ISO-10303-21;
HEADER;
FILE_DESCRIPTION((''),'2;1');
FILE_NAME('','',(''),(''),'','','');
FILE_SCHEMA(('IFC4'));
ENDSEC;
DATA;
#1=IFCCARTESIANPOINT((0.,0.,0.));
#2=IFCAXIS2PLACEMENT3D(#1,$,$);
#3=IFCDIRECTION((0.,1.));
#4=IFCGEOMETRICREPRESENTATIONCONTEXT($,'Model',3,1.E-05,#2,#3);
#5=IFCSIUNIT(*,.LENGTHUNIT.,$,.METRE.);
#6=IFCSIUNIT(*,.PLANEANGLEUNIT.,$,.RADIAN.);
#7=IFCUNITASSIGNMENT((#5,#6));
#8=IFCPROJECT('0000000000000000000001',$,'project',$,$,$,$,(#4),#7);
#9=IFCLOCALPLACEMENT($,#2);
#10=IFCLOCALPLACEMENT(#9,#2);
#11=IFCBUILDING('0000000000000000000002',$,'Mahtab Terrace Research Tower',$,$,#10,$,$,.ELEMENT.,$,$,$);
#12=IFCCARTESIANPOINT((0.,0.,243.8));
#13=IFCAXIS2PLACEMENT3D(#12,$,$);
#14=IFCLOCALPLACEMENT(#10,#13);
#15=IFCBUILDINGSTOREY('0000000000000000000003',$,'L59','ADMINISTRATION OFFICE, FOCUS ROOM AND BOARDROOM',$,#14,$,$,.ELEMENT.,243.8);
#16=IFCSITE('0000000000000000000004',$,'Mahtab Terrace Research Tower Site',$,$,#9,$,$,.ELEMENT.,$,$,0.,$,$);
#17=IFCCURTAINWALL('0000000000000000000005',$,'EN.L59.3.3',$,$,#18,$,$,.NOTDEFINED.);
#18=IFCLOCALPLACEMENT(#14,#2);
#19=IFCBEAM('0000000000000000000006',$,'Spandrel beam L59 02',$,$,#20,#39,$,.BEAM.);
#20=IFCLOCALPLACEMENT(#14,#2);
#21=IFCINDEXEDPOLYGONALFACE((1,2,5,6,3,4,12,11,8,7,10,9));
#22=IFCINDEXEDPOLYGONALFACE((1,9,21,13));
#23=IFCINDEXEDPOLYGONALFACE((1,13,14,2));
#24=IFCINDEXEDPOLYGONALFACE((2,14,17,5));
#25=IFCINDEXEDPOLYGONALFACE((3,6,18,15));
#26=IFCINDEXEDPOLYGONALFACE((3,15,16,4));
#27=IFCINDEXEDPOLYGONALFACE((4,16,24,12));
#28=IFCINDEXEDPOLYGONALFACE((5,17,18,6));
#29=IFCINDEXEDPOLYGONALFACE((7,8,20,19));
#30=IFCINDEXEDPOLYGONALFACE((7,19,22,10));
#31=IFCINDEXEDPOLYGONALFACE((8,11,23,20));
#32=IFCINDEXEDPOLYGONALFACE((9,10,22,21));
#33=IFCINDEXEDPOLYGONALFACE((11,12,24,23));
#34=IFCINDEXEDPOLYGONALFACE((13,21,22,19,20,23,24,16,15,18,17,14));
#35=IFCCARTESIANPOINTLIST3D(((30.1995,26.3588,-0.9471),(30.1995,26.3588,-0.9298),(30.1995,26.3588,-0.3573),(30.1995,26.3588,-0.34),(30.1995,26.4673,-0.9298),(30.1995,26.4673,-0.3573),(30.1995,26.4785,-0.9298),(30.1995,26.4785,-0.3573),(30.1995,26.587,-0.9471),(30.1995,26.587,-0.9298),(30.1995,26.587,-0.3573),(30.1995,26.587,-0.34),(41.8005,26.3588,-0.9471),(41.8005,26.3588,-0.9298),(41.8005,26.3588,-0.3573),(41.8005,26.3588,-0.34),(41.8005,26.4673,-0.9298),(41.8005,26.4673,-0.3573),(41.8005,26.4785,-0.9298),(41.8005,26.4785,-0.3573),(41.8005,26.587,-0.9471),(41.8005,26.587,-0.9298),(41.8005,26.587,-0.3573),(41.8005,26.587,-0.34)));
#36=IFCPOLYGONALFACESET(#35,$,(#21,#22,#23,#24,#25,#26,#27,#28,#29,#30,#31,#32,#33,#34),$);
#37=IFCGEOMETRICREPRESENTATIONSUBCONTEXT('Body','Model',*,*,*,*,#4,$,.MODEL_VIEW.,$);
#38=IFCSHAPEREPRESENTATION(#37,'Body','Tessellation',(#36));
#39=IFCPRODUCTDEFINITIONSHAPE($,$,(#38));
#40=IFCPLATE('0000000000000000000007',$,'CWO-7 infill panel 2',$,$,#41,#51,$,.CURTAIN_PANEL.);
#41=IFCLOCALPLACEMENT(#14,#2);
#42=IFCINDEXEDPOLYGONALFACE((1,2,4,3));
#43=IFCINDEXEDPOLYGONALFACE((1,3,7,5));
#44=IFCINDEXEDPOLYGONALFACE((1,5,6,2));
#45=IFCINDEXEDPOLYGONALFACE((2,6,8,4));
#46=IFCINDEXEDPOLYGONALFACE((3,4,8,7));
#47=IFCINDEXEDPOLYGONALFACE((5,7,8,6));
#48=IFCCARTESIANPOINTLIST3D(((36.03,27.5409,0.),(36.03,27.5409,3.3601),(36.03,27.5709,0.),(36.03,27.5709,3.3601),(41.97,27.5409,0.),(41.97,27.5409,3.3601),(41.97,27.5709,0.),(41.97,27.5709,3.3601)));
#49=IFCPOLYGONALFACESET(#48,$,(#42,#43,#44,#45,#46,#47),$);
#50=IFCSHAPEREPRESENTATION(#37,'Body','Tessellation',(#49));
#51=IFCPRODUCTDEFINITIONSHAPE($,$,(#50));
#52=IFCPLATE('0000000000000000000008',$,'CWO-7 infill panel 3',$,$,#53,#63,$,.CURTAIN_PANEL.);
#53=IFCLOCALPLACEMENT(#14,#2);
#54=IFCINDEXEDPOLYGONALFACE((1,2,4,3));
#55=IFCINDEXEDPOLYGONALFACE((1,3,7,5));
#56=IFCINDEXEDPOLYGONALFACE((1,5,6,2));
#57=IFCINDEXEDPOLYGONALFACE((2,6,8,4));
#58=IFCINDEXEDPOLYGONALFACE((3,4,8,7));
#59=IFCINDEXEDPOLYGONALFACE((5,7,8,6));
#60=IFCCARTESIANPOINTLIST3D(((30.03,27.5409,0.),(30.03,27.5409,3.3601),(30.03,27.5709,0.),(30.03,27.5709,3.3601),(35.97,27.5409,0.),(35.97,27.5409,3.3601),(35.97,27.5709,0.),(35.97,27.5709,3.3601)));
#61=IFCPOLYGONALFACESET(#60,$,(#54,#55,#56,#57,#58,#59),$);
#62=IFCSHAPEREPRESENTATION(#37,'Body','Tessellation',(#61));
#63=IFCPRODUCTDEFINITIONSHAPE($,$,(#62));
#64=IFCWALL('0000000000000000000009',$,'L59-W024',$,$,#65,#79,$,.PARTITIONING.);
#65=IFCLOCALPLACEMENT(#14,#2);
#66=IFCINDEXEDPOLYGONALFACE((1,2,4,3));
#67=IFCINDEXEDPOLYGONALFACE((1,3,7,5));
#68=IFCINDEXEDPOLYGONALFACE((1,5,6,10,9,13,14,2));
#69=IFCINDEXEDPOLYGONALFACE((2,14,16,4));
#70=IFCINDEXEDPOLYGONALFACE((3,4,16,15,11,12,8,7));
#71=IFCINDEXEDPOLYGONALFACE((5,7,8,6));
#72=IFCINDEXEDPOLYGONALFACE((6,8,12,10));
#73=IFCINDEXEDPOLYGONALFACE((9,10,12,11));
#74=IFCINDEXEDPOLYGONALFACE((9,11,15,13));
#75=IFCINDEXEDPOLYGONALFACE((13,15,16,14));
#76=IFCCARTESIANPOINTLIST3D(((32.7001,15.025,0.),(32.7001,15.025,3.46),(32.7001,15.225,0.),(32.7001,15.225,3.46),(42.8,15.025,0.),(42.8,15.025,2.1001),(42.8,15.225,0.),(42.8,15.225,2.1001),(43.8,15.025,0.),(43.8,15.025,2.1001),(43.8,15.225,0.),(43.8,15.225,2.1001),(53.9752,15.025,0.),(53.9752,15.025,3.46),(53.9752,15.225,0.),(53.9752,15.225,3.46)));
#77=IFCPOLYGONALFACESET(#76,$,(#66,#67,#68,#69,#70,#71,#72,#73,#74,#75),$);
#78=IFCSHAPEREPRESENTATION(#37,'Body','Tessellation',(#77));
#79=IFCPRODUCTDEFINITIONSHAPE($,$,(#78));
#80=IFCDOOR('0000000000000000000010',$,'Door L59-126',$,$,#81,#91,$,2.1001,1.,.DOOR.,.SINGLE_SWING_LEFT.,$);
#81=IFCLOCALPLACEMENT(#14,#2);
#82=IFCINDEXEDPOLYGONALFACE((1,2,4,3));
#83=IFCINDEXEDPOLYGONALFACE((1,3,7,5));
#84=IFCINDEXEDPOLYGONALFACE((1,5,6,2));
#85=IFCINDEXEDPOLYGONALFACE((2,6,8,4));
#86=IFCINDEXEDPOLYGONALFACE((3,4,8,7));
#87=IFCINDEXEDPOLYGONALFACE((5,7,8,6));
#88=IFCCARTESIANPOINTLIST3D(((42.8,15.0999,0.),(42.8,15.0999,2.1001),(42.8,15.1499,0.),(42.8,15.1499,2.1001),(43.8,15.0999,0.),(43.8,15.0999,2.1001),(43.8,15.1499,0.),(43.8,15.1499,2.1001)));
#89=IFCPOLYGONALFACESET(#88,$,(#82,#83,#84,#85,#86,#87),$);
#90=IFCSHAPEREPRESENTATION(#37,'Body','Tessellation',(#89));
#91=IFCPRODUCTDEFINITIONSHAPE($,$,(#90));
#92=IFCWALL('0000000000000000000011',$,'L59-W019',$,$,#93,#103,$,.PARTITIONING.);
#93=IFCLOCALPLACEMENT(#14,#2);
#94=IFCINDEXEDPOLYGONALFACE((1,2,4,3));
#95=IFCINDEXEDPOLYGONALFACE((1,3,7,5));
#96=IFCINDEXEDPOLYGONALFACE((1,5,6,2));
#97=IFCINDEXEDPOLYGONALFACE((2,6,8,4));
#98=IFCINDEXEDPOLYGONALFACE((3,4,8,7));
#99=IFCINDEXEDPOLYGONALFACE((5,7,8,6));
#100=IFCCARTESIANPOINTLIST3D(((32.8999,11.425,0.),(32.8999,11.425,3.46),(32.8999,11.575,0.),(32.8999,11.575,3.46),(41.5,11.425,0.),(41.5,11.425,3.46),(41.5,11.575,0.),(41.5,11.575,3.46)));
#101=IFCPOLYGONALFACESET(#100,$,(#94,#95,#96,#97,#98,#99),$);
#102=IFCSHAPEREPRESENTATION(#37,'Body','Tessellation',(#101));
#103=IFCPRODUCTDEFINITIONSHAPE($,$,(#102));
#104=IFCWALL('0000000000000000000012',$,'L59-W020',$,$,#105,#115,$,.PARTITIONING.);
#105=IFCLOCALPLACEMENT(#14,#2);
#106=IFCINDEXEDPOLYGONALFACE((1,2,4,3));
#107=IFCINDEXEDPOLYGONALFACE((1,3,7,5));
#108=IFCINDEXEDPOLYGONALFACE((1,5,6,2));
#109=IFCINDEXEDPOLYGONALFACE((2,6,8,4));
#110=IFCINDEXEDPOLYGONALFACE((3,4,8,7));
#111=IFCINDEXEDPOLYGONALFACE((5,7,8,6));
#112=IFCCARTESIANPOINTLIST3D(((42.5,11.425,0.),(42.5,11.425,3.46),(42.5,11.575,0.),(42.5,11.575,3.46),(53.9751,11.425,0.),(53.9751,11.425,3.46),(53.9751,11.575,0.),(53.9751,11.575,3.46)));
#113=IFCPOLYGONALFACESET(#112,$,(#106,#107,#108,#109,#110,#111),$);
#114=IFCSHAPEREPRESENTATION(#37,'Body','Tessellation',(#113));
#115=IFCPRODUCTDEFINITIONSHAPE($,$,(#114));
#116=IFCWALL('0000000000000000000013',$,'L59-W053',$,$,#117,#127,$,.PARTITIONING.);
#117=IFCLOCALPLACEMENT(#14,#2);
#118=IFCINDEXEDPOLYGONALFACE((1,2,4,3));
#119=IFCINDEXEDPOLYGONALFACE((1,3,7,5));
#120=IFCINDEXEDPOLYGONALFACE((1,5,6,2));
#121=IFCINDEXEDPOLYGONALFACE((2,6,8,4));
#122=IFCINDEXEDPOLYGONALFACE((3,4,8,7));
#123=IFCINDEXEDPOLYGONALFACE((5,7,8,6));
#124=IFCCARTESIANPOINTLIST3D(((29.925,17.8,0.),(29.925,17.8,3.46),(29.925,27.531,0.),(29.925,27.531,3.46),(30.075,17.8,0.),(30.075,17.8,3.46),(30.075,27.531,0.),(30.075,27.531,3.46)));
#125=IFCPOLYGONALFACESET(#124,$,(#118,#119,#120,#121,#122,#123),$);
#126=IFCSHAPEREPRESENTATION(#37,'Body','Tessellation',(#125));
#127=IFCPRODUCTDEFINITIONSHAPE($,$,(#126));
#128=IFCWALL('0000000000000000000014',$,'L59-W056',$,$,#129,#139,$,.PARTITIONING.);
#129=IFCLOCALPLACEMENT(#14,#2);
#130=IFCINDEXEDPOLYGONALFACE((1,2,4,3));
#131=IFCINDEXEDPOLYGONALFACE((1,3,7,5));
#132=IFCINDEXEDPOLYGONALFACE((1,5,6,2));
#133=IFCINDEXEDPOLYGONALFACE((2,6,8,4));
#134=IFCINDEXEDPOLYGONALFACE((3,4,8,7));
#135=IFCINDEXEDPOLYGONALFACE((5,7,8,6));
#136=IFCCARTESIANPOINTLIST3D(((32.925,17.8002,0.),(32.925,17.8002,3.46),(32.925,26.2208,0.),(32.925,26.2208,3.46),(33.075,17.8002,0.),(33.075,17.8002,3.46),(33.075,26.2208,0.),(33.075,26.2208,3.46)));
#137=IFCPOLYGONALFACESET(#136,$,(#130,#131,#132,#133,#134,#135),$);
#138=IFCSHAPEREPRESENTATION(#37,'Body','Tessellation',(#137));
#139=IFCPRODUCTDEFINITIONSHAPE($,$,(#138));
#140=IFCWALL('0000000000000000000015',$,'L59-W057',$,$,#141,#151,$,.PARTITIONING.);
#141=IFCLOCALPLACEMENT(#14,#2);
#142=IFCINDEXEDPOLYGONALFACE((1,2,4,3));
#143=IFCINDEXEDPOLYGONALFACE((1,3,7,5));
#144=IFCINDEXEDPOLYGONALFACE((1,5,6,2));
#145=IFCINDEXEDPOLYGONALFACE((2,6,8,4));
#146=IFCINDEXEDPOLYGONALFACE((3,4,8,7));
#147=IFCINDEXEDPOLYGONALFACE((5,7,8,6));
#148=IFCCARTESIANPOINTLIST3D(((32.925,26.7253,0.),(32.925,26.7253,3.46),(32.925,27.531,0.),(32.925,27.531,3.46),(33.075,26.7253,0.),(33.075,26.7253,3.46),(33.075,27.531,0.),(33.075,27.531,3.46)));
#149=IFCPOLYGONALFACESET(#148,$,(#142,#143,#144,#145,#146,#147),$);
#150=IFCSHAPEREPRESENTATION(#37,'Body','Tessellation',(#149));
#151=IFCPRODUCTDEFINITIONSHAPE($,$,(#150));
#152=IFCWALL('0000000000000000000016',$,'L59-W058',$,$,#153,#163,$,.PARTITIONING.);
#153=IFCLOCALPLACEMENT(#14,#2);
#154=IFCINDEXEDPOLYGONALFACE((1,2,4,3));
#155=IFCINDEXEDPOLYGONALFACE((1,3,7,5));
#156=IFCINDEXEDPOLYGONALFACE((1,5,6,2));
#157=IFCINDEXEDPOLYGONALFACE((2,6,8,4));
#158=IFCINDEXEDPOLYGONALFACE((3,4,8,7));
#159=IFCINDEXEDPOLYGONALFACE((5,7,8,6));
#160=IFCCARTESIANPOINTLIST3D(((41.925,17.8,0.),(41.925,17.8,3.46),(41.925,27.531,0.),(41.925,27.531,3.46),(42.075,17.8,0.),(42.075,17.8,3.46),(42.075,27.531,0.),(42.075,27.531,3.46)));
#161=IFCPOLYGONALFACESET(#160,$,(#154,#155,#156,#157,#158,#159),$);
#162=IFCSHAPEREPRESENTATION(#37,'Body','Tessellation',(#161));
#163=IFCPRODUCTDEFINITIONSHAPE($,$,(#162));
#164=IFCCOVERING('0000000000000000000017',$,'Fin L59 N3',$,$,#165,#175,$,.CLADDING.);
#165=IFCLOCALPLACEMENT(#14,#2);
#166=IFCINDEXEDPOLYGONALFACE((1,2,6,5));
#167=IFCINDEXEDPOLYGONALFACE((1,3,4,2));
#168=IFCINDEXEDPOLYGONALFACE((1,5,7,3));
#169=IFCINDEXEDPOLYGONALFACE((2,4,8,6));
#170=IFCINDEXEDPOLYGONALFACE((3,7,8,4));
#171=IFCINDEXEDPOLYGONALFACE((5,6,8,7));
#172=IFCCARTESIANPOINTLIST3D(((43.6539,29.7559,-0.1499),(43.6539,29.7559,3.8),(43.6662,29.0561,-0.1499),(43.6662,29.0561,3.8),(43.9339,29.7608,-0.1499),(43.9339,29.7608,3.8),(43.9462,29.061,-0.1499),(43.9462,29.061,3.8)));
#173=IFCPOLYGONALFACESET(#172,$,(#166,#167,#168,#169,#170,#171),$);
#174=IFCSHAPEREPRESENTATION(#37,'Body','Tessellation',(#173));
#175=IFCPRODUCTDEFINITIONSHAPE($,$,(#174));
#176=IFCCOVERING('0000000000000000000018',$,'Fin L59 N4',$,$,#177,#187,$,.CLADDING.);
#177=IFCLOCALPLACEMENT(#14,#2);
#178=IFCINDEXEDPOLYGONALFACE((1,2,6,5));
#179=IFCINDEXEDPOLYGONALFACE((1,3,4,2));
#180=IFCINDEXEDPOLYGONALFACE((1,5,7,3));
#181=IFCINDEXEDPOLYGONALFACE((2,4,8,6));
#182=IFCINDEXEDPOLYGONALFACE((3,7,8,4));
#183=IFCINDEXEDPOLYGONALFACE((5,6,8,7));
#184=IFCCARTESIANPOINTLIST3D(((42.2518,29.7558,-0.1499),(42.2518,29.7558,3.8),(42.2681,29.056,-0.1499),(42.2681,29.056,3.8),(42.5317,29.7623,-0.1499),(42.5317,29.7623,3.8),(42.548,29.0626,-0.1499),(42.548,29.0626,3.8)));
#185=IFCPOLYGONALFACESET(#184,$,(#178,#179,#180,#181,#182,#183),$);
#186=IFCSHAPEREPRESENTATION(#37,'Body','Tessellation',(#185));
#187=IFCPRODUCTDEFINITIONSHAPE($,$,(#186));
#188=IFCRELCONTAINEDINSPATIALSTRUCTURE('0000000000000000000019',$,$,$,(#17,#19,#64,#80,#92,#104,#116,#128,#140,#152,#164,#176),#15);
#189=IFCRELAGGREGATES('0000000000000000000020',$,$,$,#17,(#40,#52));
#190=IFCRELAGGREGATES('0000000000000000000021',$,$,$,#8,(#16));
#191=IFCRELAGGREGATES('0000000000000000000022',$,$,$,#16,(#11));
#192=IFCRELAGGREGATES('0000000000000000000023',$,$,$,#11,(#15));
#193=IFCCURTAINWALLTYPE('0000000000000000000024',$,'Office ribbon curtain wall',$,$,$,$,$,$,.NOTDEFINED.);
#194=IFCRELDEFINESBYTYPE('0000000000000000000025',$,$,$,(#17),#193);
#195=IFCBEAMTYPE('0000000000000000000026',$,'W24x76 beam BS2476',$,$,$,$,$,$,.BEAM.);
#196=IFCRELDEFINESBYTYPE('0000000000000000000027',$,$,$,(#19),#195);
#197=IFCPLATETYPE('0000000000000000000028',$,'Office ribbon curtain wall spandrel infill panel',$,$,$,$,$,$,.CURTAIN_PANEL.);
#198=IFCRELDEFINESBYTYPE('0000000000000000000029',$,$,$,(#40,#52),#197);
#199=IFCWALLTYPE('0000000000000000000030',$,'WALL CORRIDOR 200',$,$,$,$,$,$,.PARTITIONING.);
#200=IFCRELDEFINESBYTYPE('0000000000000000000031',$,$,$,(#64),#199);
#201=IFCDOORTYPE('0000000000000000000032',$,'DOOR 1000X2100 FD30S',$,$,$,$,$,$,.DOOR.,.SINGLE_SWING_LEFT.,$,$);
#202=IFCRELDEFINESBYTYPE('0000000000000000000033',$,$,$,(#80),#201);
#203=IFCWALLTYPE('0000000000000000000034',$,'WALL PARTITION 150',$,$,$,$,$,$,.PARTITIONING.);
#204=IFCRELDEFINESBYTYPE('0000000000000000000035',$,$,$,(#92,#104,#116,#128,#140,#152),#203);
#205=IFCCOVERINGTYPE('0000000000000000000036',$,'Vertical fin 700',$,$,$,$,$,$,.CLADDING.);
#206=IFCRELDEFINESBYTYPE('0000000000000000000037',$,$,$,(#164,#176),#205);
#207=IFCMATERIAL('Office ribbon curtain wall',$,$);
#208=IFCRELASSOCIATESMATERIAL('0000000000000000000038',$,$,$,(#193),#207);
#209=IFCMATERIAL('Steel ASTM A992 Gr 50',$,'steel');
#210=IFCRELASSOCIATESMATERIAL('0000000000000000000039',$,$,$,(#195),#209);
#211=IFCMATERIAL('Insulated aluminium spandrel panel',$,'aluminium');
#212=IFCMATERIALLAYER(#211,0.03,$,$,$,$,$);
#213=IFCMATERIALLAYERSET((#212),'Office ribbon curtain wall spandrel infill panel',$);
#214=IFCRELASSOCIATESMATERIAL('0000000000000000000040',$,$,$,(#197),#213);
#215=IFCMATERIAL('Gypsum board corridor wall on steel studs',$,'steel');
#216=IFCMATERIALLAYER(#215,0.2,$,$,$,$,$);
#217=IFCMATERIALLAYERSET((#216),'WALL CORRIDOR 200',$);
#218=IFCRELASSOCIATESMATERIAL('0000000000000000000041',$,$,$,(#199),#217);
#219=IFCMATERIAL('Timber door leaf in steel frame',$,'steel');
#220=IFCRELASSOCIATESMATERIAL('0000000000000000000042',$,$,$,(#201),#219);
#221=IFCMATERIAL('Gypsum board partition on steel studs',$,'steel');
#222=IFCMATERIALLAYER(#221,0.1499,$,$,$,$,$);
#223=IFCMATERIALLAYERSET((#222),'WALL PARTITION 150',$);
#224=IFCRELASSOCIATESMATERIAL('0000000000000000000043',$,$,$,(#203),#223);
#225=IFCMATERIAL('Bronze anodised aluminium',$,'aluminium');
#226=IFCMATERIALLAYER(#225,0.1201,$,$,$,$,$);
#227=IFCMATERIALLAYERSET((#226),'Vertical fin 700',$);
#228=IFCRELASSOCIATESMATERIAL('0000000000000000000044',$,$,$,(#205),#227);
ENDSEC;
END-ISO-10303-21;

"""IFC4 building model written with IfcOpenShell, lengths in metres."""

from ifc_helpers import new_model, si_unit, direction, frame, frame_2d, origin, origin_2d, place, context, subcontext, project, spatial, rectangle, i_section, extrude, material, layer, layer_set, material_profile, profile_set, type_object, element, fill, aggregate, save


model = new_model("IFC4")

# Units and contexts
model_context = context("Model", 3, precision=1e-05, world=origin(), true_north=direction((0.0, 1.0)))
body_context = subcontext(model_context, "Body", "Model", "MODEL_VIEW")
ifc_project = project(units=[si_unit("LENGTHUNIT", "METRE"), si_unit("PLANEANGLEUNIT", "RADIAN")], contexts=[model_context])

# Site, building, storey
site_placement = place(None, origin())
site = spatial("IfcSite", under=ifc_project, at=site_placement, Name="Mahtab Terrace Research Tower Site", CompositionType="ELEMENT", RefElevation=0.0)
building_placement = place(site_placement, origin())
building = spatial("IfcBuilding", under=site, at=building_placement, Name="Mahtab Terrace Research Tower", CompositionType="ELEMENT")
storey_placement = place(building_placement, frame((0.0, 0.0, 243.8)))
storey = spatial("IfcBuildingStorey", under=building, at=storey_placement, Name="L59", Description="ADMINISTRATION OFFICE, FOCUS ROOM AND BOARDROOM", CompositionType="ELEMENT", Elevation=243.8)

# Shared definitions
ifc_material_1 = material(Name="Steel ASTM A992 Gr 50", Category="steel")

# Curtain wall
ifc_material_2 = material(Name="Office ribbon curtain wall")
curtain_wall_type = type_object("IfcCurtainWallType", Name="Office ribbon curtain wall", PredefinedType="NOTDEFINED", material=ifc_material_2)
curtain_wall_placement = place(storey_placement, origin())
curtain_wall = element("IfcCurtainWall", 1, at=curtain_wall_placement, inside=storey, type_object=curtain_wall_type, Name="EN.L59.3.3", PredefinedType="NOTDEFINED")

# Beam
ifc_material_profile_1 = material_profile(ifc_material_1, i_section(OverallWidth=0.2283, OverallDepth=0.6072, WebThickness=0.0112, FlangeThickness=0.0173, at=origin_2d()), Name="W24X76")
ifc_profile_set_1 = profile_set([ifc_material_profile_1], Name="Steel ASTM A992 Gr 50")
beam_type = type_object("IfcBeamType", Name="W24x76 beam BS2476", PredefinedType="BEAM", material=ifc_profile_set_1)
beam_placement = place(storey_placement, frame((41.8005, 26.4729, -0.6436), z_axis=(-1.0, 0.0, 0.0), x_axis=(0.0, -1.0, 0.0)))
element("IfcBeam", 2, at=beam_placement, inside=storey, type_object=beam_type, Name="Spandrel beam L59 02", PredefinedType="BEAM", context=body_context, shape_type="SweptSolid", body=[
    extrude(i_section(OverallWidth=0.2283, OverallDepth=0.6072, WebThickness=0.0112, FlangeThickness=0.0173, at=origin_2d()), origin(), (0.0, 0.0, 1.0), 11.6011),
])

# Plates
ifc_material_3 = material(Name="Insulated aluminium spandrel panel", Category="aluminium")
ifc_layer_1 = layer(ifc_material_3, 0.03)
ifc_layer_set_1 = layer_set([ifc_layer_1], Name="Office ribbon curtain wall spandrel infill panel")
plate_type = type_object("IfcPlateType", Name="Office ribbon curtain wall spandrel infill panel", PredefinedType="CURTAIN_PANEL", material=ifc_layer_set_1)
plate_1_placement = place(storey_placement, frame((39.0, 27.5559, 0.0), z_axis=(0.0, 0.0, 1.0), x_axis=(-1.0, 0.0, 0.0)))
plate_1 = element("IfcPlate", 3, at=plate_1_placement, type_object=plate_type, Name="CWO-7 infill panel 2", PredefinedType="CURTAIN_PANEL", context=body_context, shape_type="SweptSolid", body=[
    extrude(rectangle(XDim=5.9399, YDim=0.03, at=origin_2d()), origin(), (0.0, 0.0, 1.0), 3.3601),
])
plate_2_placement = place(storey_placement, frame((33.0, 27.5559, 0.0), z_axis=(0.0, 0.0, 1.0), x_axis=(-1.0, 0.0, 0.0)))
plate_2 = element("IfcPlate", 4, at=plate_2_placement, type_object=plate_type, Name="CWO-7 infill panel 3", PredefinedType="CURTAIN_PANEL", context=body_context, shape_type="SweptSolid", body=[
    extrude(rectangle(XDim=5.9399, YDim=0.03, at=origin_2d()), origin(), (0.0, 0.0, 1.0), 3.3601),
])
aggregate(curtain_wall, [plate_1, plate_2])

# Wall, opening, door
ifc_material_4 = material(Name="Gypsum board corridor wall on steel studs", Category="steel")
ifc_layer_2 = layer(ifc_material_4, 0.2)
ifc_layer_set_2 = layer_set([ifc_layer_2], Name="WALL CORRIDOR 200")
wall_type_1 = type_object("IfcWallType", Name="WALL CORRIDOR 200", PredefinedType="PARTITIONING", material=ifc_layer_set_2)
wall_1_placement = place(storey_placement, frame((32.7, 15.125, 0.0), z_axis=(0.0, 0.0, 1.0), x_axis=(1.0, 0.0, 0.0)))
wall_1 = element("IfcWall", 5, at=wall_1_placement, inside=storey, type_object=wall_type_1, Name="L59-W024", PredefinedType="PARTITIONING", context=body_context, shape_type="SweptSolid", body=[
    extrude(rectangle(XDim=21.2751, YDim=0.2, at=frame_2d((10.6377, 0.0))), origin(), (0.0, 0.0, 1.0), 3.46),
])
opening_placement = place(wall_1_placement, frame((10.1001, 0.0, 0.0)))
opening = element("IfcOpeningElement", 6, at=opening_placement, cuts=wall_1, PredefinedType="OPENING", context=body_context, shape_type="SweptSolid", body=[
    extrude(rectangle(XDim=1.0, YDim=2.1001, at=frame_2d((0.5, 1.05))), frame((0.0, 0.1099, 0.0), z_axis=(0.0, -1.0, 0.0), x_axis=(1.0, 0.0, 0.0)), (0.0, 0.0, 1.0), 0.22),
])
ifc_material_5 = material(Name="Timber door leaf in steel frame", Category="steel")
door_type = type_object("IfcDoorType", Name="DOOR 1000X2100 FD30S", OperationType="SINGLE_SWING_LEFT", PredefinedType="DOOR", material=ifc_material_5)
door_placement = place(opening_placement, origin())
door = element("IfcDoor", 7, at=door_placement, inside=storey, type_object=door_type, Name="Door L59-126", OperationType="SINGLE_SWING_LEFT", OverallHeight=2.1001, OverallWidth=1.0, PredefinedType="DOOR", context=body_context, shape_type="SweptSolid", body=[
    extrude(rectangle(XDim=1.0, YDim=2.1001, at=frame_2d((0.5, 1.05))), frame((0.0, 0.0249, 0.0), z_axis=(0.0, -1.0, 0.0), x_axis=(1.0, 0.0, 0.0)), (0.0, 0.0, 1.0), 0.05),
])
fill(opening, door)

# Walls
ifc_material_6 = material(Name="Gypsum board partition on steel studs", Category="steel")
ifc_layer_3 = layer(ifc_material_6, 0.1499)
ifc_layer_set_3 = layer_set([ifc_layer_3], Name="WALL PARTITION 150")
wall_type_2 = type_object("IfcWallType", Name="WALL PARTITION 150", PredefinedType="PARTITIONING", material=ifc_layer_set_3)
wall_2_placement = place(storey_placement, frame((32.8999, 11.5, 0.0), z_axis=(0.0, 0.0, 1.0), x_axis=(1.0, 0.0, 0.0)))
element("IfcWall", 8, at=wall_2_placement, inside=storey, type_object=wall_type_2, Name="L59-W019", PredefinedType="PARTITIONING", context=body_context, shape_type="SweptSolid", body=[
    extrude(rectangle(XDim=8.6001, YDim=0.1499, at=frame_2d((4.3, 0.0))), origin(), (0.0, 0.0, 1.0), 3.46),
])
wall_3_placement = place(storey_placement, frame((42.5, 11.5, 0.0), z_axis=(0.0, 0.0, 1.0), x_axis=(1.0, 0.0, 0.0)))
element("IfcWall", 9, at=wall_3_placement, inside=storey, type_object=wall_type_2, Name="L59-W020", PredefinedType="PARTITIONING", context=body_context, shape_type="SweptSolid", body=[
    extrude(rectangle(XDim=11.4751, YDim=0.1499, at=frame_2d((5.7375, 0.0))), origin(), (0.0, 0.0, 1.0), 3.46),
])
wall_4_placement = place(storey_placement, frame((30.0, 17.8, 0.0), z_axis=(0.0, 0.0, 1.0), x_axis=(0.0, 1.0, 0.0)))
element("IfcWall", 10, at=wall_4_placement, inside=storey, type_object=wall_type_2, Name="L59-W053", PredefinedType="PARTITIONING", context=body_context, shape_type="SweptSolid", body=[
    extrude(rectangle(XDim=9.731, YDim=0.1499, at=frame_2d((4.8655, 0.0))), origin(), (0.0, 0.0, 1.0), 3.46),
])
wall_5_placement = place(storey_placement, frame((33.0, 17.8, 0.0), z_axis=(0.0, 0.0, 1.0), x_axis=(0.0, 1.0, 0.0)))
element("IfcWall", 11, at=wall_5_placement, inside=storey, type_object=wall_type_2, Name="L59-W056", PredefinedType="PARTITIONING", context=body_context, shape_type="SweptSolid", body=[
    extrude(rectangle(XDim=8.4207, YDim=0.1499, at=frame_2d((4.2104, 0.0))), origin(), (0.0, 0.0, 1.0), 3.46),
])
wall_6_placement = place(storey_placement, frame((33.0, 26.7253, 0.0), z_axis=(0.0, 0.0, 1.0), x_axis=(0.0, 1.0, 0.0)))
element("IfcWall", 12, at=wall_6_placement, inside=storey, type_object=wall_type_2, Name="L59-W057", PredefinedType="PARTITIONING", context=body_context, shape_type="SweptSolid", body=[
    extrude(rectangle(XDim=0.8057, YDim=0.1499, at=frame_2d((0.4028, 0.0))), origin(), (0.0, 0.0, 1.0), 3.46),
])
wall_7_placement = place(storey_placement, frame((42.0, 17.8, 0.0), z_axis=(0.0, 0.0, 1.0), x_axis=(0.0, 1.0, 0.0)))
element("IfcWall", 13, at=wall_7_placement, inside=storey, type_object=wall_type_2, Name="L59-W058", PredefinedType="PARTITIONING", context=body_context, shape_type="SweptSolid", body=[
    extrude(rectangle(XDim=9.731, YDim=0.1499, at=frame_2d((4.8655, 0.0))), origin(), (0.0, 0.0, 1.0), 3.46),
])

# Coverings
ifc_material_7 = material(Name="Bronze anodised aluminium", Category="aluminium")
ifc_layer_4 = layer(ifc_material_7, 0.1201)
ifc_layer_set_4 = layer_set([ifc_layer_4], Name="Vertical fin 700")
covering_type = type_object("IfcCoveringType", Name="Vertical fin 700", PredefinedType="CLADDING", material=ifc_layer_set_4)
for number, where, z_axis, x_axis, name in (
    (14, (43.8, 29.4084, -0.1499), (0.0, 0.0, 1.0), (-0.999848, -0.017452, 0.0), "Fin L59 N3"),
    (15, (42.3999, 29.4092, -0.1499), (0.0, 0.0, 1.0), (-0.999729, -0.023269, 0.0), "Fin L59 N4"),
):
    element("IfcCovering", number, at=place(storey_placement, frame(where, z_axis=z_axis, x_axis=x_axis)), inside=storey, type_object=covering_type, Name=name, PredefinedType="CLADDING", context=body_context, shape_type="SweptSolid", body=[
        extrude(rectangle(XDim=0.28, YDim=0.7, at=origin_2d()), origin(), (0.0, 0.0, 1.0), 3.95),
    ])

save(model, "model.ifc")
